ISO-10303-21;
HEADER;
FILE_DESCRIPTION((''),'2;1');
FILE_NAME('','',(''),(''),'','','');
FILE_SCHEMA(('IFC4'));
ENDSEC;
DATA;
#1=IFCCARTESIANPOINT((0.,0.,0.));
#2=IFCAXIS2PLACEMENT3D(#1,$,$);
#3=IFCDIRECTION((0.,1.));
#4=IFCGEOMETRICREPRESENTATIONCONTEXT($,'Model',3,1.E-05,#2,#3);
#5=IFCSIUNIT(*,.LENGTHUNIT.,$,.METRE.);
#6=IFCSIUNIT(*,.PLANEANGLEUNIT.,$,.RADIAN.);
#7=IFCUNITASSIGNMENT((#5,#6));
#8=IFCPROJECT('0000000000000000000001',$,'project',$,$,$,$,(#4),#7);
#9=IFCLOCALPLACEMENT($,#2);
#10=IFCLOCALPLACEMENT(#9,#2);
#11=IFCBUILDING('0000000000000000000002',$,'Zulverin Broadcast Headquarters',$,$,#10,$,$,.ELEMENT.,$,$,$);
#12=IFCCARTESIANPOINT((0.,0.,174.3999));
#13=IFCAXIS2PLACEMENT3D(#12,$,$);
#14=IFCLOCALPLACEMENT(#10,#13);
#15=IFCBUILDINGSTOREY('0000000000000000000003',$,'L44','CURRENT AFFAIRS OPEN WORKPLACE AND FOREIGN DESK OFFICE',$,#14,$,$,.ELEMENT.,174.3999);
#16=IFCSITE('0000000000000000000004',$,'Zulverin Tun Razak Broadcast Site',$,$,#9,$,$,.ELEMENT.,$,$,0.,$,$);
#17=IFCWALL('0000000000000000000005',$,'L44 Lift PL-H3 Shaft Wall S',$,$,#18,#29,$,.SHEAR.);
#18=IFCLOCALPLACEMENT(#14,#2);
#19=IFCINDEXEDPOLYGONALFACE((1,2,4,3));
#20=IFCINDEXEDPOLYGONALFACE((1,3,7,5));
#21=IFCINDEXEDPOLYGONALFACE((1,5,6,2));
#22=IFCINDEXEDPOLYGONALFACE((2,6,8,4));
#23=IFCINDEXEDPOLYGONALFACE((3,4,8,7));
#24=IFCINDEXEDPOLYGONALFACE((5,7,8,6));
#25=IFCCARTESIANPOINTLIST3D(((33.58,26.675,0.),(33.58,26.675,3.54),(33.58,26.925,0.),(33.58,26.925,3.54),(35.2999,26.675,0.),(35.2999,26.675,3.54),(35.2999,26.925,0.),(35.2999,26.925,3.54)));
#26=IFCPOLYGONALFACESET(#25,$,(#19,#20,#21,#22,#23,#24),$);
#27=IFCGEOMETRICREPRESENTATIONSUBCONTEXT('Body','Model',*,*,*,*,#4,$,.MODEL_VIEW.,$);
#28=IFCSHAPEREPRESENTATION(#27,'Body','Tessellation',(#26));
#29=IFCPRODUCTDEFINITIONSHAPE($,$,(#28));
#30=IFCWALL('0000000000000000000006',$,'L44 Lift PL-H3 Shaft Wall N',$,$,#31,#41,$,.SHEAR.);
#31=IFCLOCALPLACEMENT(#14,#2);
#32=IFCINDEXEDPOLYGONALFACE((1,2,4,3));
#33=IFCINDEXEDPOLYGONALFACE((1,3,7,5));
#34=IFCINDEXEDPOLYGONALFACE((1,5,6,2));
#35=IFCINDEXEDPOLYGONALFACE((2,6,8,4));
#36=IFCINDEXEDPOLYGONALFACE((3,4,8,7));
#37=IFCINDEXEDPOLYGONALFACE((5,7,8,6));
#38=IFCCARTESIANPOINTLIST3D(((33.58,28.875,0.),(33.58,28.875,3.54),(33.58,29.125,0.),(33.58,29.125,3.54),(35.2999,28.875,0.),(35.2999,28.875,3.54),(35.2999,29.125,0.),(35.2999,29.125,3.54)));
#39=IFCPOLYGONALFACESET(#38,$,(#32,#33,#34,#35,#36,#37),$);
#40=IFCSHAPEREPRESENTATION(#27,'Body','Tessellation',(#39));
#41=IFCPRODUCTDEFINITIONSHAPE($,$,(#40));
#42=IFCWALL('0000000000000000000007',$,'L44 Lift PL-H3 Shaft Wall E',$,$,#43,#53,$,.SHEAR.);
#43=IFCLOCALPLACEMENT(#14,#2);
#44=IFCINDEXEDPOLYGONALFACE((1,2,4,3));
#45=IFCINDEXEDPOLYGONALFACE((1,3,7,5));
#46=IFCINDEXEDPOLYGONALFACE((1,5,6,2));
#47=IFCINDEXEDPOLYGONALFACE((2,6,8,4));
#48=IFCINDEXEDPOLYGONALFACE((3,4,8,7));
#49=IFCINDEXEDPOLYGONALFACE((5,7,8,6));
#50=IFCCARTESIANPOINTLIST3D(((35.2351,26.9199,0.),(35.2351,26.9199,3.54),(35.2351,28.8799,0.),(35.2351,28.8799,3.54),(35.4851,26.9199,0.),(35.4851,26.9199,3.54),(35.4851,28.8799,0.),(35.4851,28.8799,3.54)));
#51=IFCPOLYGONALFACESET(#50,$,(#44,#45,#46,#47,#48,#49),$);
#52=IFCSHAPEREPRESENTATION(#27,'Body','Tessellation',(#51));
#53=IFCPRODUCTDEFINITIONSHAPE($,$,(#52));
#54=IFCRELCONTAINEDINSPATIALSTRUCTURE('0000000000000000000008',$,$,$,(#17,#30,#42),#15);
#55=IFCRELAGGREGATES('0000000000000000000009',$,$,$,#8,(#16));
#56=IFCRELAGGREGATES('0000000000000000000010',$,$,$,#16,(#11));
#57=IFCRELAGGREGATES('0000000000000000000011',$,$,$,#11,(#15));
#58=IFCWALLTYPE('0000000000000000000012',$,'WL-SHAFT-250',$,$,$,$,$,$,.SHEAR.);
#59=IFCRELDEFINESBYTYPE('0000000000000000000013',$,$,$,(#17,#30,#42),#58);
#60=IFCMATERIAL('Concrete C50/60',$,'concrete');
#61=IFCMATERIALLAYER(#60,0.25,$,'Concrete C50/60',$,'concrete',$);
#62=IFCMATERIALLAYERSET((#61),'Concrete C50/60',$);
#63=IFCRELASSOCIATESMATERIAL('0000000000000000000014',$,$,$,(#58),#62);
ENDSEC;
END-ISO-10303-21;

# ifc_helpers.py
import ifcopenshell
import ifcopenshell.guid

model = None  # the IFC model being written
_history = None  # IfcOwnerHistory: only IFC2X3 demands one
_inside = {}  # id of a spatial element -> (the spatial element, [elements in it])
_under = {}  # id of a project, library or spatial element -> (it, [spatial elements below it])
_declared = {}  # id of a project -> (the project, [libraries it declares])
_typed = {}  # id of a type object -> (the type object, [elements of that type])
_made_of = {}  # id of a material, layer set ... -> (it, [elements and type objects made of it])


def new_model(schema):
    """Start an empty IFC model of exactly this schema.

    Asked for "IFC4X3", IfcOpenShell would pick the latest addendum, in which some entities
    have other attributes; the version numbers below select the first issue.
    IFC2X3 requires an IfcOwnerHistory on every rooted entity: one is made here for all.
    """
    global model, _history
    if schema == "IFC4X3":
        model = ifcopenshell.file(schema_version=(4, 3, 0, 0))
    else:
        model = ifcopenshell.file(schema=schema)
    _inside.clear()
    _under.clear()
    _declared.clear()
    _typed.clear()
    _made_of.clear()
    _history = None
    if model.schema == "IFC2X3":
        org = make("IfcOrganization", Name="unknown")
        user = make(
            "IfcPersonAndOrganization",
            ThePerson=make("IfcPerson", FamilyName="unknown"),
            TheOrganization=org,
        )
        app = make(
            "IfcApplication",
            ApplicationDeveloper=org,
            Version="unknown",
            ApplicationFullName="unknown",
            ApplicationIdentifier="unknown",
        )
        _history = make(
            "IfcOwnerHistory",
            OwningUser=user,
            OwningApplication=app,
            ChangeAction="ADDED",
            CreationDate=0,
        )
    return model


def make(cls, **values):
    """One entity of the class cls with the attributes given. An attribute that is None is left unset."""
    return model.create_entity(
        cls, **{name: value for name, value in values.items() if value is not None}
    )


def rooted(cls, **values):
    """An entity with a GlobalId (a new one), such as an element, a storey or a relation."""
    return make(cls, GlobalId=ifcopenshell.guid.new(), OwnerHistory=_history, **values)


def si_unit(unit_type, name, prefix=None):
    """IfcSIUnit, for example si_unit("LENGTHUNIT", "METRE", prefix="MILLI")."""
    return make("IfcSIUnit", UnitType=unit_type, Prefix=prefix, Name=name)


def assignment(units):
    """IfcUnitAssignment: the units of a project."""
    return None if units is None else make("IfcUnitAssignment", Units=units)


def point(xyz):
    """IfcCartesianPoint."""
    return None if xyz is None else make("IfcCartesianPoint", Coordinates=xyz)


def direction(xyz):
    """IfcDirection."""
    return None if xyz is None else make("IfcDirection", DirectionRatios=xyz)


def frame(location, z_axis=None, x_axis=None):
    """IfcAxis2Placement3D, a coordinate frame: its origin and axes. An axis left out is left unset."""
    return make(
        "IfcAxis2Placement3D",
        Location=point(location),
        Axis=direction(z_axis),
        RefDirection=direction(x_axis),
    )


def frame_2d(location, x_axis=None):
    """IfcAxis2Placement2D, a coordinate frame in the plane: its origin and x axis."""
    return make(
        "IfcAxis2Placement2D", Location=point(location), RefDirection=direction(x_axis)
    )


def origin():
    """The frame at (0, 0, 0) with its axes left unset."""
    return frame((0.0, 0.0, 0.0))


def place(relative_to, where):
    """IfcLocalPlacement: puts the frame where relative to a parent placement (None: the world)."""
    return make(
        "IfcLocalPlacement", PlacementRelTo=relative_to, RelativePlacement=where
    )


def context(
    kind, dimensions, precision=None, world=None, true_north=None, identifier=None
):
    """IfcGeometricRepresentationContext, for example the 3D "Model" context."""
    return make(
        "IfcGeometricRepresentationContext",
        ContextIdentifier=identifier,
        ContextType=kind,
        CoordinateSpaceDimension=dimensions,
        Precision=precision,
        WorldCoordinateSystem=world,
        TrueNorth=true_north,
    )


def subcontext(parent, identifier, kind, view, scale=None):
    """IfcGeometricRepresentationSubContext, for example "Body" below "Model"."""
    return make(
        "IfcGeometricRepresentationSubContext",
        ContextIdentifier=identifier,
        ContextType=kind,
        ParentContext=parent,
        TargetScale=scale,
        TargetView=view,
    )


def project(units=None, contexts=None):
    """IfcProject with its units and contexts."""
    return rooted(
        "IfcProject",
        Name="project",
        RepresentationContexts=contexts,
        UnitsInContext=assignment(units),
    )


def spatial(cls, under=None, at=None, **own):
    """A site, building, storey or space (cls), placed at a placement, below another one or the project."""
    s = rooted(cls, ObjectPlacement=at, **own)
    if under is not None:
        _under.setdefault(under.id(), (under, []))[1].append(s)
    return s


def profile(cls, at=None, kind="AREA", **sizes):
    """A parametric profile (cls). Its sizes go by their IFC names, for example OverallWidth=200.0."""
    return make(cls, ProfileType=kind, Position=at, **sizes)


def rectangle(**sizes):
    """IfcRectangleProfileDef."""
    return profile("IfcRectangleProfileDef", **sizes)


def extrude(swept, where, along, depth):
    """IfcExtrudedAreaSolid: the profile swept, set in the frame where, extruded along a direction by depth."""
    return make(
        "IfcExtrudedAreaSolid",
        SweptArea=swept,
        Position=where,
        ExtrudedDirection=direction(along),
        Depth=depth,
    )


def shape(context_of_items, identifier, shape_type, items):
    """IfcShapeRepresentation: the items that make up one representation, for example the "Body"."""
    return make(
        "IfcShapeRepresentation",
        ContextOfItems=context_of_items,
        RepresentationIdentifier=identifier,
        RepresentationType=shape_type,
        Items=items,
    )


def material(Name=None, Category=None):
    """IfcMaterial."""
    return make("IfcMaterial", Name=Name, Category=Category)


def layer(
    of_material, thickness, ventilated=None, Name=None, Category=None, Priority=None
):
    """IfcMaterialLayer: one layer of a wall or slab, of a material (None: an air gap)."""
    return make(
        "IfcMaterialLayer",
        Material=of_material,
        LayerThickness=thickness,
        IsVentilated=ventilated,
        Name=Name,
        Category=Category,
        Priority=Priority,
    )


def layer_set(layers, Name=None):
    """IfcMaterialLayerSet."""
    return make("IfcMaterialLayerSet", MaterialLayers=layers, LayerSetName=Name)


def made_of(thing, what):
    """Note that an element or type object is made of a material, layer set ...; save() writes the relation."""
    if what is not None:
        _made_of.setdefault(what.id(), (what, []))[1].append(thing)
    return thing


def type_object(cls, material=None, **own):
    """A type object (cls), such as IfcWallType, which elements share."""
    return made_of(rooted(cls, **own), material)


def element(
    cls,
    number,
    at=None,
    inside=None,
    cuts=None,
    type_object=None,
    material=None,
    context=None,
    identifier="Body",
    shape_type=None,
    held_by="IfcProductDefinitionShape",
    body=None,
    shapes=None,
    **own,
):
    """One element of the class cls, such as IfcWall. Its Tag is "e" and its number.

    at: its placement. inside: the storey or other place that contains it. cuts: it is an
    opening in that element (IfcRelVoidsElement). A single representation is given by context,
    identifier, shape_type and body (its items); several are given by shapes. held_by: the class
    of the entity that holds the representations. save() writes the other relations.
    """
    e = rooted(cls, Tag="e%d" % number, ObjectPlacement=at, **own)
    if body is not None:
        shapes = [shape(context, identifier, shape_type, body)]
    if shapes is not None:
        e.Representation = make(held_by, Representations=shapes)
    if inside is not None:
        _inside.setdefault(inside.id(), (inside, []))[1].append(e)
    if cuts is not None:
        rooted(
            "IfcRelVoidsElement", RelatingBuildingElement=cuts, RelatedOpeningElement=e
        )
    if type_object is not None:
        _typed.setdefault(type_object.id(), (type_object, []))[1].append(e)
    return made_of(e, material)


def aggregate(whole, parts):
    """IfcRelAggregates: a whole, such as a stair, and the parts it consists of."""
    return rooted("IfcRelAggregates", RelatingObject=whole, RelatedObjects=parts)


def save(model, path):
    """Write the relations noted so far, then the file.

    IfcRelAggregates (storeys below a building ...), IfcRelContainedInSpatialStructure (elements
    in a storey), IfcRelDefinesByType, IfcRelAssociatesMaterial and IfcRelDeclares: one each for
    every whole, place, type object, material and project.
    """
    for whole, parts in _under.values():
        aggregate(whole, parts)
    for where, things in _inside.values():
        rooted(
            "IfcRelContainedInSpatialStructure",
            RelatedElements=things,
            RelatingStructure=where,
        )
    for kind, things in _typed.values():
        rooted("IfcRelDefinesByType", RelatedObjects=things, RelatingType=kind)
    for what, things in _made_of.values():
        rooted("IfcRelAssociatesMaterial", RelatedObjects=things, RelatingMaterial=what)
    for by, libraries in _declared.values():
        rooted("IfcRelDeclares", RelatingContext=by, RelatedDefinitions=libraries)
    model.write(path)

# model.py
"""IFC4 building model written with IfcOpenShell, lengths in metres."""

from ifc_helpers import new_model, si_unit, direction, frame, frame_2d, origin, place, context, subcontext, project, spatial, rectangle, extrude, material, layer, layer_set, type_object, element, save


model = new_model("IFC4")

# Units and contexts
model_context = context("Model", 3, precision=1e-05, world=origin(), true_north=direction((0.0, 1.0)))
body_context = subcontext(model_context, "Body", "Model", "MODEL_VIEW")
ifc_project = project(units=[si_unit("LENGTHUNIT", "METRE"), si_unit("PLANEANGLEUNIT", "RADIAN")], contexts=[model_context])

# Site, building, storey
site_placement = place(None, origin())
site = spatial("IfcSite", under=ifc_project, at=site_placement, Name="Zulverin Tun Razak Broadcast Site", CompositionType="ELEMENT", RefElevation=0.0)
building_placement = place(site_placement, origin())
building = spatial("IfcBuilding", under=site, at=building_placement, Name="Zulverin Broadcast Headquarters", CompositionType="ELEMENT")
storey_placement = place(building_placement, frame((0.0, 0.0, 174.3999)))
storey = spatial("IfcBuildingStorey", under=building, at=storey_placement, Name="L44", Description="CURRENT AFFAIRS OPEN WORKPLACE AND FOREIGN DESK OFFICE", CompositionType="ELEMENT", Elevation=174.3999)

# Walls
ifc_material_1 = material(Name="Concrete C50/60", Category="concrete")
ifc_layer_1 = layer(ifc_material_1, 0.25, Name="Concrete C50/60", Category="concrete")
ifc_layer_set_1 = layer_set([ifc_layer_1], Name="Concrete C50/60")
wall_type_1 = type_object("IfcWallType", Name="WL-SHAFT-250", PredefinedType="SHEAR", material=ifc_layer_set_1)
for number, where, z_axis, x_axis, name in (
    (1, (33.5801, 26.8, 0.0), (0.0, 0.0, 1.0), (1.0, 0.0, 0.0), "L44 Lift PL-H3 Shaft Wall S"),
    (2, (33.5801, 29.0, 0.0), (0.0, 0.0, 1.0), (1.0, 0.0, 0.0), "L44 Lift PL-H3 Shaft Wall N"),
):
    element("IfcWall", number, at=place(storey_placement, frame(where, z_axis=z_axis, x_axis=x_axis)), inside=storey, type_object=wall_type_1, Name=name, PredefinedType="SHEAR", context=body_context, shape_type="SweptSolid", body=[
        extrude(rectangle(XDim=1.72, YDim=0.25, at=frame_2d((0.8599, 0.0))), origin(), (0.0, 0.0, 1.0), 3.54),
    ])
wall_1_placement = place(storey_placement, frame((35.3601, 26.9199, 0.0), z_axis=(0.0, 0.0, 1.0), x_axis=(0.0, 1.0, 0.0)))
element("IfcWall", 3, at=wall_1_placement, inside=storey, type_object=wall_type_1, Name="L44 Lift PL-H3 Shaft Wall E", PredefinedType="SHEAR", context=body_context, shape_type="SweptSolid", body=[
    extrude(rectangle(XDim=1.96, YDim=0.25, at=frame_2d((0.98, 0.0))), origin(), (0.0, 0.0, 1.0), 3.54),
])

save(model, "model.ifc")
